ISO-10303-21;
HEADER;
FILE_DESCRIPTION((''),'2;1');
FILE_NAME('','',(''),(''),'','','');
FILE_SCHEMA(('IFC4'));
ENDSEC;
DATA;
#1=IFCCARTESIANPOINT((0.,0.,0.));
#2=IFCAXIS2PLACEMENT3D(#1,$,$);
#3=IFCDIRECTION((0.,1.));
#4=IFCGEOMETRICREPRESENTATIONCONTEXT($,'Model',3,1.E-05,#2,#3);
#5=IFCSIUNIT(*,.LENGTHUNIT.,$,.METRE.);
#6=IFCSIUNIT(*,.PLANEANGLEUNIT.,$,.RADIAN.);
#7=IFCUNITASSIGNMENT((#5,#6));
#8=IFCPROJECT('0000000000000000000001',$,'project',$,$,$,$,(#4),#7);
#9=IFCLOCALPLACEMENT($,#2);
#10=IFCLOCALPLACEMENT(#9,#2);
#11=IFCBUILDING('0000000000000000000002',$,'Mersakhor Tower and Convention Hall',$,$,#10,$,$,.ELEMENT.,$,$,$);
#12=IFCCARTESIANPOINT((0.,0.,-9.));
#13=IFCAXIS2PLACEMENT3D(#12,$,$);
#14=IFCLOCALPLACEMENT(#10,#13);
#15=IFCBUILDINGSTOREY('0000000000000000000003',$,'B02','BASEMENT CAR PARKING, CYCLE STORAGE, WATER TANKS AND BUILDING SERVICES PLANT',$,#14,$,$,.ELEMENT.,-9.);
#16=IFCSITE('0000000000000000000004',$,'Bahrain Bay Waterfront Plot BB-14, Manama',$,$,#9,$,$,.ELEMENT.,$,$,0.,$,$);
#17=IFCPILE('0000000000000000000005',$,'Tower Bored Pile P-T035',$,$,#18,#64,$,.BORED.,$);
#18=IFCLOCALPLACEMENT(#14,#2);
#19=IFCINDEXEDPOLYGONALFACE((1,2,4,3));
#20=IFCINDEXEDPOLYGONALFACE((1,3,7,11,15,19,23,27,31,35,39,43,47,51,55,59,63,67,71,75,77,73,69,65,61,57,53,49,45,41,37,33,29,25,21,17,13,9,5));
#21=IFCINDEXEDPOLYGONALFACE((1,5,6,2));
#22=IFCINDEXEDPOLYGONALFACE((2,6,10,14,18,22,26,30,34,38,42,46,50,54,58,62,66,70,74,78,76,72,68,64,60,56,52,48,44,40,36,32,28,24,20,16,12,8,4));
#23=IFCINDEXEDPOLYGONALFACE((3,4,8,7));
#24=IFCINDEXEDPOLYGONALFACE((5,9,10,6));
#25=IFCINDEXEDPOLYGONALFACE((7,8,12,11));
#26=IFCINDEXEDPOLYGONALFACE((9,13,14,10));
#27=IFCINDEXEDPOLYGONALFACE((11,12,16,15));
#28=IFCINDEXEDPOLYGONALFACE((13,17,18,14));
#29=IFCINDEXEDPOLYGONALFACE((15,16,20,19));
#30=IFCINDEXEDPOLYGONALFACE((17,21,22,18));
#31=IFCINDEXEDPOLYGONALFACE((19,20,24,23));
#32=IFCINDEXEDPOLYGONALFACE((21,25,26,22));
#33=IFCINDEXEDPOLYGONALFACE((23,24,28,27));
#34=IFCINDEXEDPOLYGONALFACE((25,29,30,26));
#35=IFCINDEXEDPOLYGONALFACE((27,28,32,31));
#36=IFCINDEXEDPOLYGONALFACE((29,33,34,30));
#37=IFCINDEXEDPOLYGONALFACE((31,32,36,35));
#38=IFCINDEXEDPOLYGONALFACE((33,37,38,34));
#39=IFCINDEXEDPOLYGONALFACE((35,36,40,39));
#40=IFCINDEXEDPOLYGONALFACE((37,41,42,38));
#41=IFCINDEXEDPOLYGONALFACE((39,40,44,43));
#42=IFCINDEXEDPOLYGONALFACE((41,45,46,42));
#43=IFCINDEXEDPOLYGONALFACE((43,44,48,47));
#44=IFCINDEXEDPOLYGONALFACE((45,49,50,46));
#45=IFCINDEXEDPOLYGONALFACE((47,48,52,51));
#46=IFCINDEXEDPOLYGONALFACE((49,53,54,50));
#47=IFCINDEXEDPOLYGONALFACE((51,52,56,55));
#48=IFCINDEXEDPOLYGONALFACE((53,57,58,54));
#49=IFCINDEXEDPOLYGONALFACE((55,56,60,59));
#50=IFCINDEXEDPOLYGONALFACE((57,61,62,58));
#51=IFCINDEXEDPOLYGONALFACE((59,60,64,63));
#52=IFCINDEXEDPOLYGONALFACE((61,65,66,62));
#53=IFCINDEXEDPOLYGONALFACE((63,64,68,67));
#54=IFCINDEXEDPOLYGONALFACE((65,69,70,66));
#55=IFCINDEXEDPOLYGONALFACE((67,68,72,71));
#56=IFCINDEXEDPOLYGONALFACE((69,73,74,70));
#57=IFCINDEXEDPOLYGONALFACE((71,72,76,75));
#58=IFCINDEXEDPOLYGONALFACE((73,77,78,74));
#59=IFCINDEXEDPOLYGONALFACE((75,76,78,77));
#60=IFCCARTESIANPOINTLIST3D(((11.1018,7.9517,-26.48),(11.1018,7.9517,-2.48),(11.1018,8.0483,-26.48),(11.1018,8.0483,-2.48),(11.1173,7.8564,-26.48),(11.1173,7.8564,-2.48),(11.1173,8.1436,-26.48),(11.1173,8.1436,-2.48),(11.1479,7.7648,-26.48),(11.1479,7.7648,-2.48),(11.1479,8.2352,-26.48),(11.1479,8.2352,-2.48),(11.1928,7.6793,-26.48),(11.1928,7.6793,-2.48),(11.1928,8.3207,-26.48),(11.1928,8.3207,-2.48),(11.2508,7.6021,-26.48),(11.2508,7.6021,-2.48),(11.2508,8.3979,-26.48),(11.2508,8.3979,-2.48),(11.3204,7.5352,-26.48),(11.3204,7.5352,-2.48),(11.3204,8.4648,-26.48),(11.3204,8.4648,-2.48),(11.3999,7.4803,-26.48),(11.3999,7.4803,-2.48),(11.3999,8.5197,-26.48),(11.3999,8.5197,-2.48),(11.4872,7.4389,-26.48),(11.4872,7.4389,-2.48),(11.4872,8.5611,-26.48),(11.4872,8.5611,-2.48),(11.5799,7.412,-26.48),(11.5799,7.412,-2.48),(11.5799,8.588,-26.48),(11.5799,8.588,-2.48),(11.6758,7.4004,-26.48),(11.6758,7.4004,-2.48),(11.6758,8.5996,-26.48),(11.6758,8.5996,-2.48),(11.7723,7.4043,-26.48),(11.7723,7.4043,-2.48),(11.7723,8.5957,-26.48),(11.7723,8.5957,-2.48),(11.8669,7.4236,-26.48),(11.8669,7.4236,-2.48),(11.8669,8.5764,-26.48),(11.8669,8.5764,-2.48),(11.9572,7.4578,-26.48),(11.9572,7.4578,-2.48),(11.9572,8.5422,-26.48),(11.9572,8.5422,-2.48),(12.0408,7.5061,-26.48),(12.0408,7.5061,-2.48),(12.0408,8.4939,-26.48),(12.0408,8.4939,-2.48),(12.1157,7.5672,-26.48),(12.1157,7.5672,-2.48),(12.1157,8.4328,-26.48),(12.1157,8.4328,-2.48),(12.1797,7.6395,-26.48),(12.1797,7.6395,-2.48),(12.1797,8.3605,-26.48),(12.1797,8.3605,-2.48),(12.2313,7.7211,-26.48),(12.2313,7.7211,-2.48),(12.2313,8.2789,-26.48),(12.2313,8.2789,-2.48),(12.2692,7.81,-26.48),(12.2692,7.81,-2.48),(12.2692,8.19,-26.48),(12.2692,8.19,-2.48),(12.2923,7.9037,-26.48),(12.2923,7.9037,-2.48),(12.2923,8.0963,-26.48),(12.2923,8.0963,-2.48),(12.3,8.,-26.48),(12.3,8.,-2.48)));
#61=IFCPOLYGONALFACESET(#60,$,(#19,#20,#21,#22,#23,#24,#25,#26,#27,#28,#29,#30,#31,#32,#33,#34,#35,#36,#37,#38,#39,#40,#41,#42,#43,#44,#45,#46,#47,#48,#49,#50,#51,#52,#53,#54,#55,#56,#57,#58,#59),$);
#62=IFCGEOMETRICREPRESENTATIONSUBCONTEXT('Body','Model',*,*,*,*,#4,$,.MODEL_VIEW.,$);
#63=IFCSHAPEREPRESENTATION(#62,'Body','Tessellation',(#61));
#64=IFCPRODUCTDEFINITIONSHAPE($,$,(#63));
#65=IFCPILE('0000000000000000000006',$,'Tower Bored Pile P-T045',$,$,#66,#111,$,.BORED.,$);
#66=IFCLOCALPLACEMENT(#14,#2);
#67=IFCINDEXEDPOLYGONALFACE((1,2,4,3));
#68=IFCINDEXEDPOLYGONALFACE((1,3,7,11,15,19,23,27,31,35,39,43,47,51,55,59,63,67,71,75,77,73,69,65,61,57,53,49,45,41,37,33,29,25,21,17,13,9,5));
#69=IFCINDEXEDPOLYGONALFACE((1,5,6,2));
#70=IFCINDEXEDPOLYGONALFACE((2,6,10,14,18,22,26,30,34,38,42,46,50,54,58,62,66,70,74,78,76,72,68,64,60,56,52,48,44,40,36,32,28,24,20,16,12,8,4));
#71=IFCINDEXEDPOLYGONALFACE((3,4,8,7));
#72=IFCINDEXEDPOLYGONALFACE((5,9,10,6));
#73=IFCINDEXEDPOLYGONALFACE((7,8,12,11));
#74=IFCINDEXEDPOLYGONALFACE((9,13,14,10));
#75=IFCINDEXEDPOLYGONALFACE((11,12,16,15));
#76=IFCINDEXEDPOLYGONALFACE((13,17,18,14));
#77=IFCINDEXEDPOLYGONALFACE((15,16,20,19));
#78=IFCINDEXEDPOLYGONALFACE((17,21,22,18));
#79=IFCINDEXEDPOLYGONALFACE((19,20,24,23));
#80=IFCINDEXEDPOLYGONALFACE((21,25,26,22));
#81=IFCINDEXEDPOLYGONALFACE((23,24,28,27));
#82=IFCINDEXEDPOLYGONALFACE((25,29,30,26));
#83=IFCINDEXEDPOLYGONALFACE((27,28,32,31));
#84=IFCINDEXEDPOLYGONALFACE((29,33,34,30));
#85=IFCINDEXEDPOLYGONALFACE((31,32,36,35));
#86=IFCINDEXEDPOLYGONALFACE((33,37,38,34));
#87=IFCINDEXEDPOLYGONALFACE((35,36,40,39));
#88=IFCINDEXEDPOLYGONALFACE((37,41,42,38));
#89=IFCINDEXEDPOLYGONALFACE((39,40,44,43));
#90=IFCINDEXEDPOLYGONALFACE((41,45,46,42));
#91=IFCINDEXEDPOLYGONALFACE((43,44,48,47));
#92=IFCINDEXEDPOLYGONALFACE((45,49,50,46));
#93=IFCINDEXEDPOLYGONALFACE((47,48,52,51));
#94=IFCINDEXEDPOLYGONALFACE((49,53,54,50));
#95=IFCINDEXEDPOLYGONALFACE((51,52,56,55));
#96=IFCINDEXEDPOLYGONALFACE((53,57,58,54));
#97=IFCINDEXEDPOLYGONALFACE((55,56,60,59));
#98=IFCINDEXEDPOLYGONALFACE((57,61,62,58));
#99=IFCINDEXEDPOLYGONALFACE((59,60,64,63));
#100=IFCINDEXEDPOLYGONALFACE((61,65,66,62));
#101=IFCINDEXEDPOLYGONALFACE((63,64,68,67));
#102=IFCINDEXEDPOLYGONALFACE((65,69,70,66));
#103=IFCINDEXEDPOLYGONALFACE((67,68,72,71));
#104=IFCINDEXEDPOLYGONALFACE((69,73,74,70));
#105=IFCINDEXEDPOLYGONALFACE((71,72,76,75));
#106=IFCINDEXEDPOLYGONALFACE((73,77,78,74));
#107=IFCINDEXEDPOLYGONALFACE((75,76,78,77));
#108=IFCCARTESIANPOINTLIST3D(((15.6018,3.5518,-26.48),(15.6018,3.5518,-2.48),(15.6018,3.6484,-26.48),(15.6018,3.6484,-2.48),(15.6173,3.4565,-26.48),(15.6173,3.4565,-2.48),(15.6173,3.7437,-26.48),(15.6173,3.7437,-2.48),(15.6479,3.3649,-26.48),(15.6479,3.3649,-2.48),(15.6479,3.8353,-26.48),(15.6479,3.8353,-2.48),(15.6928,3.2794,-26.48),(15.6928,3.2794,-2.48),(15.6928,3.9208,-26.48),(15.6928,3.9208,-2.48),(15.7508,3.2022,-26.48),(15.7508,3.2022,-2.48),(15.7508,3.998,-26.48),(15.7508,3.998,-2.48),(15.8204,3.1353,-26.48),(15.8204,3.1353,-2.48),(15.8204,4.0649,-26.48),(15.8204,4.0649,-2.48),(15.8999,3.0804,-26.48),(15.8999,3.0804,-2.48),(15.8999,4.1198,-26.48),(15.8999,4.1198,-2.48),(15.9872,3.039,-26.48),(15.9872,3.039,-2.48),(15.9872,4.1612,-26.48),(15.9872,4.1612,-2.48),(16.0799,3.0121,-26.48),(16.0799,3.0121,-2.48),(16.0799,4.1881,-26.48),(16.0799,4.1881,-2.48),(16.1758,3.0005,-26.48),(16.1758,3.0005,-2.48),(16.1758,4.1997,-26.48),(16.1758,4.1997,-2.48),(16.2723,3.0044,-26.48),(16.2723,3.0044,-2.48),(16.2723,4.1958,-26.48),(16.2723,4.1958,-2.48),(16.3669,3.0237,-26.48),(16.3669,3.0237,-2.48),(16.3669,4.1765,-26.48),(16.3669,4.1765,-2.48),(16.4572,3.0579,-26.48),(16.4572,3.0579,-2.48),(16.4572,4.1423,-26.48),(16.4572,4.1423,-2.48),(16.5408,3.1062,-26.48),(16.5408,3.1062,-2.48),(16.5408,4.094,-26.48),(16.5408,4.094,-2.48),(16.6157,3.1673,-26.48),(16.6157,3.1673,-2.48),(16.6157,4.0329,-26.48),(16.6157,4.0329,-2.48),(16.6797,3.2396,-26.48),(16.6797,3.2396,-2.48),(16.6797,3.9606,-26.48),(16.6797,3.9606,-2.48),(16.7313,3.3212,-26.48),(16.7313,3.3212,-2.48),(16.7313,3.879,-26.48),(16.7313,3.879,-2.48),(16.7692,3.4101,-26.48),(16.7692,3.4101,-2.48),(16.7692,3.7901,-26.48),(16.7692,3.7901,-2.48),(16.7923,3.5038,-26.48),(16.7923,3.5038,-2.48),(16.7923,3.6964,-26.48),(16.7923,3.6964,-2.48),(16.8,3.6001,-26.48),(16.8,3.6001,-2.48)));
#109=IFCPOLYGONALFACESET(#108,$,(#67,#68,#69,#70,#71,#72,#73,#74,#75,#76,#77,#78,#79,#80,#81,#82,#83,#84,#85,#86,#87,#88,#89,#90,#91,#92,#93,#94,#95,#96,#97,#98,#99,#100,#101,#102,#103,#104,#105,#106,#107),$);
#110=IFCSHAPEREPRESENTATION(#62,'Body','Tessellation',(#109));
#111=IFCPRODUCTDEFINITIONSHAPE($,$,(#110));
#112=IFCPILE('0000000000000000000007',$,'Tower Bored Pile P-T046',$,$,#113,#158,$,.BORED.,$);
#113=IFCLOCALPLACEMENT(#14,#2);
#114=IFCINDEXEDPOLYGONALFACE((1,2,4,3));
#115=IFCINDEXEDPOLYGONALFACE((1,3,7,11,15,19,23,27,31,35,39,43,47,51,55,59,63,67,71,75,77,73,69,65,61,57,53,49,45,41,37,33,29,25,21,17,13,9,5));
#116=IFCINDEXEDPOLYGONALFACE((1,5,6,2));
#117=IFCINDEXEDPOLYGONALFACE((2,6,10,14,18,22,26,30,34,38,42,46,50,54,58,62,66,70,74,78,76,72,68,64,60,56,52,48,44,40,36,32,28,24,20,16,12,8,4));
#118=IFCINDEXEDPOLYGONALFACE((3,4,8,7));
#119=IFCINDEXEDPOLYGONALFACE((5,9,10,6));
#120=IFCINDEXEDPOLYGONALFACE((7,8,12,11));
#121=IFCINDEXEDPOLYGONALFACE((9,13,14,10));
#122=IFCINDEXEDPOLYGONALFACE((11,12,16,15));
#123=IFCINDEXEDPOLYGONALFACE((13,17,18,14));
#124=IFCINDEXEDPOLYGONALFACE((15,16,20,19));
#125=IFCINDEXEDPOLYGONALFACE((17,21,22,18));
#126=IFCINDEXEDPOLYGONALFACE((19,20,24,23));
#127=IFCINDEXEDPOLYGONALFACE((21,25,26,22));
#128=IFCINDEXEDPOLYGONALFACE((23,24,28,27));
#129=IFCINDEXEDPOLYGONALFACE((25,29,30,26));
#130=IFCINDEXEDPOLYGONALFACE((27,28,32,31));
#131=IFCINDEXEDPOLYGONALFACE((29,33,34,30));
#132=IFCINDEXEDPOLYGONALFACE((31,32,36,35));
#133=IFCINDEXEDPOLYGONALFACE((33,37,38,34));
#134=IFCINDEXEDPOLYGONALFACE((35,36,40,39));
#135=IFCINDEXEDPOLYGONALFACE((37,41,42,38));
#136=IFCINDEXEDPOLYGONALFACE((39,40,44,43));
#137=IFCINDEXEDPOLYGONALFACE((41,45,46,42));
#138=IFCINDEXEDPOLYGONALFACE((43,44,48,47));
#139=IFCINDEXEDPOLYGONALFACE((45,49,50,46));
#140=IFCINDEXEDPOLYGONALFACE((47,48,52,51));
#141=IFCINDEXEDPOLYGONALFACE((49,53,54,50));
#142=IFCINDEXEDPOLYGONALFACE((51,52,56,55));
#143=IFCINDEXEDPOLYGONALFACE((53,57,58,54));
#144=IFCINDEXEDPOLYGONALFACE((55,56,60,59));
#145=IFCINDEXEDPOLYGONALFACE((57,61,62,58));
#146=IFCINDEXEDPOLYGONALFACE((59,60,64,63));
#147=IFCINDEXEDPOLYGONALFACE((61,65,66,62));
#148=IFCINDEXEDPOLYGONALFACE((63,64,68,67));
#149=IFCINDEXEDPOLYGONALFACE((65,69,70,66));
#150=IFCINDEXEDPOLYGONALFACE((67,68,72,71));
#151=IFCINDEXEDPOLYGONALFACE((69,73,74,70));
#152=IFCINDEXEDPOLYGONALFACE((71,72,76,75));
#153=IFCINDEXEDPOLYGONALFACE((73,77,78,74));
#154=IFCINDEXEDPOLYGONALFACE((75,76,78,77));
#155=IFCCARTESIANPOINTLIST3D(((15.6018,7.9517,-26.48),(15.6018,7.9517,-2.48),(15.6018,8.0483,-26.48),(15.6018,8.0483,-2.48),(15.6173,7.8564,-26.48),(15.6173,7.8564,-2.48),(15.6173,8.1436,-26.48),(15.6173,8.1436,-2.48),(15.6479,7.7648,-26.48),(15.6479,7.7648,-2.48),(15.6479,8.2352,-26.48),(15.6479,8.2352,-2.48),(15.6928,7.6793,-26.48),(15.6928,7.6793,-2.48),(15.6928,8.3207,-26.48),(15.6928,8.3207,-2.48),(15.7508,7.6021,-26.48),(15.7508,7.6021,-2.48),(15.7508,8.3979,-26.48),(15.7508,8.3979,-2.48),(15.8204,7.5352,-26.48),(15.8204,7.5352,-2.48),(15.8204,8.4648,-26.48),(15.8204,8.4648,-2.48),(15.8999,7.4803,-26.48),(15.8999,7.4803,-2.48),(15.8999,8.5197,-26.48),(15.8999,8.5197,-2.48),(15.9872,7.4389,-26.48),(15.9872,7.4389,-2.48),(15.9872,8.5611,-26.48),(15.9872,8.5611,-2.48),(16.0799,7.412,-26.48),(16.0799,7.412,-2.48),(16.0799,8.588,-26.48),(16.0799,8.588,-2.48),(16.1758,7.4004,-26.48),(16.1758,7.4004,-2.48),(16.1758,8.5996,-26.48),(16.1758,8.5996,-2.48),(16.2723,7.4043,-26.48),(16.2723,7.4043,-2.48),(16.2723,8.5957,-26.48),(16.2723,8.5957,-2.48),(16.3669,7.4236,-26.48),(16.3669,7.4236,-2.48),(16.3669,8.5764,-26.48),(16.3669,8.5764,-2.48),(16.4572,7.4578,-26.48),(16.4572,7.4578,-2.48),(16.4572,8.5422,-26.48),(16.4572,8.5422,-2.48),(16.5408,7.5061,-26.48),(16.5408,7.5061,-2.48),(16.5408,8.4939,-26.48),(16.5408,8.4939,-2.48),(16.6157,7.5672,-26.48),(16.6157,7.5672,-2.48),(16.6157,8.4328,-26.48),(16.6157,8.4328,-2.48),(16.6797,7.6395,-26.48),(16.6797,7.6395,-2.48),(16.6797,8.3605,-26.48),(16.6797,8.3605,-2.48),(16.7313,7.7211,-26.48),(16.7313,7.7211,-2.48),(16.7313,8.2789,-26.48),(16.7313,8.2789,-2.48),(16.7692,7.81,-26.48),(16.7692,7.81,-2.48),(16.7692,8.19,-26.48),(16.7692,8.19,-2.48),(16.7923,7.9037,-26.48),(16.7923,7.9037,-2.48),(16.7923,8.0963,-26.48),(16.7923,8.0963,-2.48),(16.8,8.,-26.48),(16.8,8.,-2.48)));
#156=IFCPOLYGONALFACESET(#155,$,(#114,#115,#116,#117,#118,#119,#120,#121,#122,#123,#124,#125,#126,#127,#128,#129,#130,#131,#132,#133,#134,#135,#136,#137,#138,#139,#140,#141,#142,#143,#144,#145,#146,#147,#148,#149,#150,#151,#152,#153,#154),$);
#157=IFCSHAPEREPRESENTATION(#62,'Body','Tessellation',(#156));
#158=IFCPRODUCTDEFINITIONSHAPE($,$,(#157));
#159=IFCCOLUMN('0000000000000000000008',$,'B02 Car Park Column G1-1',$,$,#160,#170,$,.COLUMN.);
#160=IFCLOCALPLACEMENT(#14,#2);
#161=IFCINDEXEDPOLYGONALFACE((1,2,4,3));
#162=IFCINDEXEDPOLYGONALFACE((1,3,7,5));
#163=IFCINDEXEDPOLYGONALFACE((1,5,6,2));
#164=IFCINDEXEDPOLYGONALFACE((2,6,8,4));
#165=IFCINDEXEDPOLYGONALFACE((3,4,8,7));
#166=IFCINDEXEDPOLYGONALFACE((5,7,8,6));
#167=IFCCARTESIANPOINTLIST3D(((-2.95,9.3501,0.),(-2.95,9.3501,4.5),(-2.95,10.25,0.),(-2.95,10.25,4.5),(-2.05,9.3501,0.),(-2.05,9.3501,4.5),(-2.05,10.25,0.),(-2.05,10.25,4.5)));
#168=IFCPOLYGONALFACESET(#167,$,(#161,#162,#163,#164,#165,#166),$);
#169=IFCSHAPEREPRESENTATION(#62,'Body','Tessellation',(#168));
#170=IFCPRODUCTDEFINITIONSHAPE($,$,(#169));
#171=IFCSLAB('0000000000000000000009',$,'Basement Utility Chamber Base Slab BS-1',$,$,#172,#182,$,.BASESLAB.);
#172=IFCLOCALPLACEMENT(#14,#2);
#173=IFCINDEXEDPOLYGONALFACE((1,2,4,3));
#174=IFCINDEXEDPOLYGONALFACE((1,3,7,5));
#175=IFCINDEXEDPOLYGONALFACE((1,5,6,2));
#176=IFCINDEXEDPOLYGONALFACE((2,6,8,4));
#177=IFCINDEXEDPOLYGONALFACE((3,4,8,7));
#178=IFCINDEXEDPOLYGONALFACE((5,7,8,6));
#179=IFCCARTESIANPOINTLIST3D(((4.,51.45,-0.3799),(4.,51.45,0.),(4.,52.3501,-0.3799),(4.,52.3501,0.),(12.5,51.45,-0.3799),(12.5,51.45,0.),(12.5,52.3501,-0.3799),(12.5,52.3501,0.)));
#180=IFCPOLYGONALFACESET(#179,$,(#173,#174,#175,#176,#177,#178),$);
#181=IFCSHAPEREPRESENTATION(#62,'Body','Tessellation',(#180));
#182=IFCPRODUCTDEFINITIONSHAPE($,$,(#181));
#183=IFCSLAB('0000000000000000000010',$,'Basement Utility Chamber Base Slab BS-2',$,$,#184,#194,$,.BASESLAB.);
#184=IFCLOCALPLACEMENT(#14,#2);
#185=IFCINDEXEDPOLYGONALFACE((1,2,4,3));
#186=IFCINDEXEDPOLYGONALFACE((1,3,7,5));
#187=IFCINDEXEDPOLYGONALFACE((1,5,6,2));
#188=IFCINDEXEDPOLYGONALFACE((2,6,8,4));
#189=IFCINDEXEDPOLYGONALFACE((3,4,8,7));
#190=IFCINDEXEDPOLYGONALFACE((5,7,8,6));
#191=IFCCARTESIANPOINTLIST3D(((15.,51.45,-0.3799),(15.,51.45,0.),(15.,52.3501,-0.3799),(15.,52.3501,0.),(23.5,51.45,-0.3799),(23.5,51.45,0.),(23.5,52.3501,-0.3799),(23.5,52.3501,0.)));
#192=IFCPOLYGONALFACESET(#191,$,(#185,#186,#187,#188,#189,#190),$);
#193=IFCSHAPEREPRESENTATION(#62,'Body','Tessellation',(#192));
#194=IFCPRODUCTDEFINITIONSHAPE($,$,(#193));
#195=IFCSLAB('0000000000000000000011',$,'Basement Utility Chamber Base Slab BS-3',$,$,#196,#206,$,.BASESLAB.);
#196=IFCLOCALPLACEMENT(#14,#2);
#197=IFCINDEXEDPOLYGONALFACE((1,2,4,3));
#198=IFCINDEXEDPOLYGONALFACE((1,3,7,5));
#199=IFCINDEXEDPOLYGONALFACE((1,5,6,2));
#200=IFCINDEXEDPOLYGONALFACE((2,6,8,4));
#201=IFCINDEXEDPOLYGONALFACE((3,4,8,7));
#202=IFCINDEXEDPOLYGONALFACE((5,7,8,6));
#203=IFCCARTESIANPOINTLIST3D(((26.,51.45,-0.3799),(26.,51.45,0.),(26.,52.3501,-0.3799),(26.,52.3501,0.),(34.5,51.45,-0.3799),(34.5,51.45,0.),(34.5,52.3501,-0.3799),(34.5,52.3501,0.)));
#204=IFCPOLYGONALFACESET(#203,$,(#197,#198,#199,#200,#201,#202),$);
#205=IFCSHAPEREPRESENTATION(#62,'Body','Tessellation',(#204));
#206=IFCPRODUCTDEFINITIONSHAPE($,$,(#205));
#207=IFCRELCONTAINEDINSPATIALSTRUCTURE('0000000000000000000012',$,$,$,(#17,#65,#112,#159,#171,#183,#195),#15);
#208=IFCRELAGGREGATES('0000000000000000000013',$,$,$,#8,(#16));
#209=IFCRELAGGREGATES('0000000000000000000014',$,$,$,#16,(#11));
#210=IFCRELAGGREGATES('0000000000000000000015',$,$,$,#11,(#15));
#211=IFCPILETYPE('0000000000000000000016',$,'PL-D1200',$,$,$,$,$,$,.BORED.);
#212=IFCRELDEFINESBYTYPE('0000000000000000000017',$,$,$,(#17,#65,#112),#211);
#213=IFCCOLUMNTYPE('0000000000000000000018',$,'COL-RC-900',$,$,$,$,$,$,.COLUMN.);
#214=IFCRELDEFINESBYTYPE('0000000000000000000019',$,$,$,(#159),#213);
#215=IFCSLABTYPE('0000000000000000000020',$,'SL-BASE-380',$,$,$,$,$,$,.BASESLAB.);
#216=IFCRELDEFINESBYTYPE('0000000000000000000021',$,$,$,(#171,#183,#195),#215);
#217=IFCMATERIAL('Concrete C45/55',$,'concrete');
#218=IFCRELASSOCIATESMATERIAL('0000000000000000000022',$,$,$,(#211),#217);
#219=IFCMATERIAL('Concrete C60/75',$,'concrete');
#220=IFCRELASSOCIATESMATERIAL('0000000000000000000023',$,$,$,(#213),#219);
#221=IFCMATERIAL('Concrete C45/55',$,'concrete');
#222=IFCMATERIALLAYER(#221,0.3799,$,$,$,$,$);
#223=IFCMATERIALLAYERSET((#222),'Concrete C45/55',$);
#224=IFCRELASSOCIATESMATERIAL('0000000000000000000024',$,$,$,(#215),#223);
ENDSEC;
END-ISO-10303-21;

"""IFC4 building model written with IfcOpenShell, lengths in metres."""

from ifc_helpers import new_model, si_unit, direction, frame, origin, origin_2d, place, context, subcontext, project, spatial, polyline, rectangle, circle, outline, extrude, material, layer, layer_set, material_profile, profile_set, type_object, element, save


model = new_model("IFC4")

# Units and contexts
model_context = context("Model", 3, precision=1e-05, world=origin(), true_north=direction((0.0, 1.0)))
body_context = subcontext(model_context, "Body", "Model", "MODEL_VIEW")
ifc_project = project(units=[si_unit("LENGTHUNIT", "METRE"), si_unit("PLANEANGLEUNIT", "RADIAN")], contexts=[model_context])

# Site, building, storey
site_placement = place(None, origin())
site = spatial("IfcSite", under=ifc_project, at=site_placement, Name="Bahrain Bay Waterfront Plot BB-14, Manama", CompositionType="ELEMENT", RefElevation=0.0)
building_placement = place(site_placement, origin())
building = spatial("IfcBuilding", under=site, at=building_placement, Name="Mersakhor Tower and Convention Hall", CompositionType="ELEMENT")
storey_placement = place(building_placement, frame((0.0, 0.0, -9.0)))
storey = spatial("IfcBuildingStorey", under=building, at=storey_placement, Name="B02", Description="BASEMENT CAR PARKING, CYCLE STORAGE, WATER TANKS AND BUILDING SERVICES PLANT", CompositionType="ELEMENT", Elevation=-9.0)

# Piles
ifc_material_1 = material(Name="Concrete C45/55", Category="concrete")
ifc_material_profile_1 = material_profile(ifc_material_1, circle(Radius=0.6001, at=origin_2d()), Name="PILE D1200")
ifc_profile_set_1 = profile_set([ifc_material_profile_1], Name="Concrete C45/55")
pile_type = type_object("IfcPileType", Name="PL-D1200", PredefinedType="BORED", material=ifc_profile_set_1)
for number, where, z_axis, x_axis, name in (
    (1, (11.7, 8.0, -2.48), (0.0, 0.0, -1.0), (1.0, 0.0, 0.0), "Tower Bored Pile P-T035"),
    (2, (16.2, 3.6001, -2.48), (0.0, 0.0, -1.0), (1.0, 0.0, 0.0), "Tower Bored Pile P-T045"),
    (3, (16.2, 8.0, -2.48), (0.0, 0.0, -1.0), (1.0, 0.0, 0.0), "Tower Bored Pile P-T046"),
):
    element("IfcPile", number, at=place(storey_placement, frame(where, z_axis=z_axis, x_axis=x_axis)), inside=storey, type_object=pile_type, Name=name, PredefinedType="BORED", context=body_context, shape_type="SweptSolid", body=[
        extrude(circle(Radius=0.6001, at=origin_2d()), origin(), (0.0, 0.0, 1.0), 24.0),
    ])

# Column
ifc_material_2 = material(Name="Concrete C60/75", Category="concrete")
ifc_material_profile_2 = material_profile(ifc_material_2, rectangle(XDim=0.8999, YDim=0.8999, at=origin_2d()), Name="RC 900x900")
ifc_profile_set_2 = profile_set([ifc_material_profile_2], Name="Concrete C60/75")
column_type = type_object("IfcColumnType", Name="COL-RC-900", PredefinedType="COLUMN", material=ifc_profile_set_2)
column_placement = place(storey_placement, frame((-2.5, 9.8, 0.0), z_axis=(0.0, 0.0, 1.0), x_axis=(1.0, 0.0, 0.0)))
element("IfcColumn", 4, at=column_placement, inside=storey, type_object=column_type, Name="B02 Car Park Column G1-1", PredefinedType="COLUMN", context=body_context, shape_type="SweptSolid", body=[
    extrude(rectangle(XDim=0.8999, YDim=0.8999, at=origin_2d()), origin(), (0.0, 0.0, 1.0), 4.5),
])

# Slabs
ifc_material_3 = material(Name="Concrete C45/55", Category="concrete")
ifc_layer_1 = layer(ifc_material_3, 0.3799)
ifc_layer_set_1 = layer_set([ifc_layer_1], Name="Concrete C45/55")
slab_type_1 = type_object("IfcSlabType", Name="SL-BASE-380", PredefinedType="BASESLAB", material=ifc_layer_set_1)
slab_1_placement = place(storey_placement, frame((0.0, 0.0, -0.3799)))
element("IfcSlab", 5, at=slab_1_placement, inside=storey, type_object=slab_type_1, Name="Basement Utility Chamber Base Slab BS-1", PredefinedType="BASESLAB", context=body_context, shape_type="SweptSolid", body=[
    extrude(outline(polyline([(4.0, 51.45), (4.0, 52.3501), (12.5, 52.3501), (12.5, 51.45), (4.0, 51.45)])), origin(), (0.0, 0.0, 1.0), 0.3799),
])
slab_2_placement = place(storey_placement, frame((0.0, 0.0, -0.3799)))
element("IfcSlab", 6, at=slab_2_placement, inside=storey, type_object=slab_type_1, Name="Basement Utility Chamber Base Slab BS-2", PredefinedType="BASESLAB", context=body_context, shape_type="SweptSolid", body=[
    extrude(outline(polyline([(15.0, 51.45), (15.0, 52.3501), (23.5, 52.3501), (23.5, 51.45), (15.0, 51.45)])), origin(), (0.0, 0.0, 1.0), 0.3799),
])
slab_3_placement = place(storey_placement, frame((0.0, 0.0, -0.3799)))
element("IfcSlab", 7, at=slab_3_placement, inside=storey, type_object=slab_type_1, Name="Basement Utility Chamber Base Slab BS-3", PredefinedType="BASESLAB", context=body_context, shape_type="SweptSolid", body=[
    extrude(outline(polyline([(26.0, 51.45), (26.0, 52.3501), (34.5, 52.3501), (34.5, 51.45), (26.0, 51.45)])), origin(), (0.0, 0.0, 1.0), 0.3799),
])

save(model, "model.ifc")
